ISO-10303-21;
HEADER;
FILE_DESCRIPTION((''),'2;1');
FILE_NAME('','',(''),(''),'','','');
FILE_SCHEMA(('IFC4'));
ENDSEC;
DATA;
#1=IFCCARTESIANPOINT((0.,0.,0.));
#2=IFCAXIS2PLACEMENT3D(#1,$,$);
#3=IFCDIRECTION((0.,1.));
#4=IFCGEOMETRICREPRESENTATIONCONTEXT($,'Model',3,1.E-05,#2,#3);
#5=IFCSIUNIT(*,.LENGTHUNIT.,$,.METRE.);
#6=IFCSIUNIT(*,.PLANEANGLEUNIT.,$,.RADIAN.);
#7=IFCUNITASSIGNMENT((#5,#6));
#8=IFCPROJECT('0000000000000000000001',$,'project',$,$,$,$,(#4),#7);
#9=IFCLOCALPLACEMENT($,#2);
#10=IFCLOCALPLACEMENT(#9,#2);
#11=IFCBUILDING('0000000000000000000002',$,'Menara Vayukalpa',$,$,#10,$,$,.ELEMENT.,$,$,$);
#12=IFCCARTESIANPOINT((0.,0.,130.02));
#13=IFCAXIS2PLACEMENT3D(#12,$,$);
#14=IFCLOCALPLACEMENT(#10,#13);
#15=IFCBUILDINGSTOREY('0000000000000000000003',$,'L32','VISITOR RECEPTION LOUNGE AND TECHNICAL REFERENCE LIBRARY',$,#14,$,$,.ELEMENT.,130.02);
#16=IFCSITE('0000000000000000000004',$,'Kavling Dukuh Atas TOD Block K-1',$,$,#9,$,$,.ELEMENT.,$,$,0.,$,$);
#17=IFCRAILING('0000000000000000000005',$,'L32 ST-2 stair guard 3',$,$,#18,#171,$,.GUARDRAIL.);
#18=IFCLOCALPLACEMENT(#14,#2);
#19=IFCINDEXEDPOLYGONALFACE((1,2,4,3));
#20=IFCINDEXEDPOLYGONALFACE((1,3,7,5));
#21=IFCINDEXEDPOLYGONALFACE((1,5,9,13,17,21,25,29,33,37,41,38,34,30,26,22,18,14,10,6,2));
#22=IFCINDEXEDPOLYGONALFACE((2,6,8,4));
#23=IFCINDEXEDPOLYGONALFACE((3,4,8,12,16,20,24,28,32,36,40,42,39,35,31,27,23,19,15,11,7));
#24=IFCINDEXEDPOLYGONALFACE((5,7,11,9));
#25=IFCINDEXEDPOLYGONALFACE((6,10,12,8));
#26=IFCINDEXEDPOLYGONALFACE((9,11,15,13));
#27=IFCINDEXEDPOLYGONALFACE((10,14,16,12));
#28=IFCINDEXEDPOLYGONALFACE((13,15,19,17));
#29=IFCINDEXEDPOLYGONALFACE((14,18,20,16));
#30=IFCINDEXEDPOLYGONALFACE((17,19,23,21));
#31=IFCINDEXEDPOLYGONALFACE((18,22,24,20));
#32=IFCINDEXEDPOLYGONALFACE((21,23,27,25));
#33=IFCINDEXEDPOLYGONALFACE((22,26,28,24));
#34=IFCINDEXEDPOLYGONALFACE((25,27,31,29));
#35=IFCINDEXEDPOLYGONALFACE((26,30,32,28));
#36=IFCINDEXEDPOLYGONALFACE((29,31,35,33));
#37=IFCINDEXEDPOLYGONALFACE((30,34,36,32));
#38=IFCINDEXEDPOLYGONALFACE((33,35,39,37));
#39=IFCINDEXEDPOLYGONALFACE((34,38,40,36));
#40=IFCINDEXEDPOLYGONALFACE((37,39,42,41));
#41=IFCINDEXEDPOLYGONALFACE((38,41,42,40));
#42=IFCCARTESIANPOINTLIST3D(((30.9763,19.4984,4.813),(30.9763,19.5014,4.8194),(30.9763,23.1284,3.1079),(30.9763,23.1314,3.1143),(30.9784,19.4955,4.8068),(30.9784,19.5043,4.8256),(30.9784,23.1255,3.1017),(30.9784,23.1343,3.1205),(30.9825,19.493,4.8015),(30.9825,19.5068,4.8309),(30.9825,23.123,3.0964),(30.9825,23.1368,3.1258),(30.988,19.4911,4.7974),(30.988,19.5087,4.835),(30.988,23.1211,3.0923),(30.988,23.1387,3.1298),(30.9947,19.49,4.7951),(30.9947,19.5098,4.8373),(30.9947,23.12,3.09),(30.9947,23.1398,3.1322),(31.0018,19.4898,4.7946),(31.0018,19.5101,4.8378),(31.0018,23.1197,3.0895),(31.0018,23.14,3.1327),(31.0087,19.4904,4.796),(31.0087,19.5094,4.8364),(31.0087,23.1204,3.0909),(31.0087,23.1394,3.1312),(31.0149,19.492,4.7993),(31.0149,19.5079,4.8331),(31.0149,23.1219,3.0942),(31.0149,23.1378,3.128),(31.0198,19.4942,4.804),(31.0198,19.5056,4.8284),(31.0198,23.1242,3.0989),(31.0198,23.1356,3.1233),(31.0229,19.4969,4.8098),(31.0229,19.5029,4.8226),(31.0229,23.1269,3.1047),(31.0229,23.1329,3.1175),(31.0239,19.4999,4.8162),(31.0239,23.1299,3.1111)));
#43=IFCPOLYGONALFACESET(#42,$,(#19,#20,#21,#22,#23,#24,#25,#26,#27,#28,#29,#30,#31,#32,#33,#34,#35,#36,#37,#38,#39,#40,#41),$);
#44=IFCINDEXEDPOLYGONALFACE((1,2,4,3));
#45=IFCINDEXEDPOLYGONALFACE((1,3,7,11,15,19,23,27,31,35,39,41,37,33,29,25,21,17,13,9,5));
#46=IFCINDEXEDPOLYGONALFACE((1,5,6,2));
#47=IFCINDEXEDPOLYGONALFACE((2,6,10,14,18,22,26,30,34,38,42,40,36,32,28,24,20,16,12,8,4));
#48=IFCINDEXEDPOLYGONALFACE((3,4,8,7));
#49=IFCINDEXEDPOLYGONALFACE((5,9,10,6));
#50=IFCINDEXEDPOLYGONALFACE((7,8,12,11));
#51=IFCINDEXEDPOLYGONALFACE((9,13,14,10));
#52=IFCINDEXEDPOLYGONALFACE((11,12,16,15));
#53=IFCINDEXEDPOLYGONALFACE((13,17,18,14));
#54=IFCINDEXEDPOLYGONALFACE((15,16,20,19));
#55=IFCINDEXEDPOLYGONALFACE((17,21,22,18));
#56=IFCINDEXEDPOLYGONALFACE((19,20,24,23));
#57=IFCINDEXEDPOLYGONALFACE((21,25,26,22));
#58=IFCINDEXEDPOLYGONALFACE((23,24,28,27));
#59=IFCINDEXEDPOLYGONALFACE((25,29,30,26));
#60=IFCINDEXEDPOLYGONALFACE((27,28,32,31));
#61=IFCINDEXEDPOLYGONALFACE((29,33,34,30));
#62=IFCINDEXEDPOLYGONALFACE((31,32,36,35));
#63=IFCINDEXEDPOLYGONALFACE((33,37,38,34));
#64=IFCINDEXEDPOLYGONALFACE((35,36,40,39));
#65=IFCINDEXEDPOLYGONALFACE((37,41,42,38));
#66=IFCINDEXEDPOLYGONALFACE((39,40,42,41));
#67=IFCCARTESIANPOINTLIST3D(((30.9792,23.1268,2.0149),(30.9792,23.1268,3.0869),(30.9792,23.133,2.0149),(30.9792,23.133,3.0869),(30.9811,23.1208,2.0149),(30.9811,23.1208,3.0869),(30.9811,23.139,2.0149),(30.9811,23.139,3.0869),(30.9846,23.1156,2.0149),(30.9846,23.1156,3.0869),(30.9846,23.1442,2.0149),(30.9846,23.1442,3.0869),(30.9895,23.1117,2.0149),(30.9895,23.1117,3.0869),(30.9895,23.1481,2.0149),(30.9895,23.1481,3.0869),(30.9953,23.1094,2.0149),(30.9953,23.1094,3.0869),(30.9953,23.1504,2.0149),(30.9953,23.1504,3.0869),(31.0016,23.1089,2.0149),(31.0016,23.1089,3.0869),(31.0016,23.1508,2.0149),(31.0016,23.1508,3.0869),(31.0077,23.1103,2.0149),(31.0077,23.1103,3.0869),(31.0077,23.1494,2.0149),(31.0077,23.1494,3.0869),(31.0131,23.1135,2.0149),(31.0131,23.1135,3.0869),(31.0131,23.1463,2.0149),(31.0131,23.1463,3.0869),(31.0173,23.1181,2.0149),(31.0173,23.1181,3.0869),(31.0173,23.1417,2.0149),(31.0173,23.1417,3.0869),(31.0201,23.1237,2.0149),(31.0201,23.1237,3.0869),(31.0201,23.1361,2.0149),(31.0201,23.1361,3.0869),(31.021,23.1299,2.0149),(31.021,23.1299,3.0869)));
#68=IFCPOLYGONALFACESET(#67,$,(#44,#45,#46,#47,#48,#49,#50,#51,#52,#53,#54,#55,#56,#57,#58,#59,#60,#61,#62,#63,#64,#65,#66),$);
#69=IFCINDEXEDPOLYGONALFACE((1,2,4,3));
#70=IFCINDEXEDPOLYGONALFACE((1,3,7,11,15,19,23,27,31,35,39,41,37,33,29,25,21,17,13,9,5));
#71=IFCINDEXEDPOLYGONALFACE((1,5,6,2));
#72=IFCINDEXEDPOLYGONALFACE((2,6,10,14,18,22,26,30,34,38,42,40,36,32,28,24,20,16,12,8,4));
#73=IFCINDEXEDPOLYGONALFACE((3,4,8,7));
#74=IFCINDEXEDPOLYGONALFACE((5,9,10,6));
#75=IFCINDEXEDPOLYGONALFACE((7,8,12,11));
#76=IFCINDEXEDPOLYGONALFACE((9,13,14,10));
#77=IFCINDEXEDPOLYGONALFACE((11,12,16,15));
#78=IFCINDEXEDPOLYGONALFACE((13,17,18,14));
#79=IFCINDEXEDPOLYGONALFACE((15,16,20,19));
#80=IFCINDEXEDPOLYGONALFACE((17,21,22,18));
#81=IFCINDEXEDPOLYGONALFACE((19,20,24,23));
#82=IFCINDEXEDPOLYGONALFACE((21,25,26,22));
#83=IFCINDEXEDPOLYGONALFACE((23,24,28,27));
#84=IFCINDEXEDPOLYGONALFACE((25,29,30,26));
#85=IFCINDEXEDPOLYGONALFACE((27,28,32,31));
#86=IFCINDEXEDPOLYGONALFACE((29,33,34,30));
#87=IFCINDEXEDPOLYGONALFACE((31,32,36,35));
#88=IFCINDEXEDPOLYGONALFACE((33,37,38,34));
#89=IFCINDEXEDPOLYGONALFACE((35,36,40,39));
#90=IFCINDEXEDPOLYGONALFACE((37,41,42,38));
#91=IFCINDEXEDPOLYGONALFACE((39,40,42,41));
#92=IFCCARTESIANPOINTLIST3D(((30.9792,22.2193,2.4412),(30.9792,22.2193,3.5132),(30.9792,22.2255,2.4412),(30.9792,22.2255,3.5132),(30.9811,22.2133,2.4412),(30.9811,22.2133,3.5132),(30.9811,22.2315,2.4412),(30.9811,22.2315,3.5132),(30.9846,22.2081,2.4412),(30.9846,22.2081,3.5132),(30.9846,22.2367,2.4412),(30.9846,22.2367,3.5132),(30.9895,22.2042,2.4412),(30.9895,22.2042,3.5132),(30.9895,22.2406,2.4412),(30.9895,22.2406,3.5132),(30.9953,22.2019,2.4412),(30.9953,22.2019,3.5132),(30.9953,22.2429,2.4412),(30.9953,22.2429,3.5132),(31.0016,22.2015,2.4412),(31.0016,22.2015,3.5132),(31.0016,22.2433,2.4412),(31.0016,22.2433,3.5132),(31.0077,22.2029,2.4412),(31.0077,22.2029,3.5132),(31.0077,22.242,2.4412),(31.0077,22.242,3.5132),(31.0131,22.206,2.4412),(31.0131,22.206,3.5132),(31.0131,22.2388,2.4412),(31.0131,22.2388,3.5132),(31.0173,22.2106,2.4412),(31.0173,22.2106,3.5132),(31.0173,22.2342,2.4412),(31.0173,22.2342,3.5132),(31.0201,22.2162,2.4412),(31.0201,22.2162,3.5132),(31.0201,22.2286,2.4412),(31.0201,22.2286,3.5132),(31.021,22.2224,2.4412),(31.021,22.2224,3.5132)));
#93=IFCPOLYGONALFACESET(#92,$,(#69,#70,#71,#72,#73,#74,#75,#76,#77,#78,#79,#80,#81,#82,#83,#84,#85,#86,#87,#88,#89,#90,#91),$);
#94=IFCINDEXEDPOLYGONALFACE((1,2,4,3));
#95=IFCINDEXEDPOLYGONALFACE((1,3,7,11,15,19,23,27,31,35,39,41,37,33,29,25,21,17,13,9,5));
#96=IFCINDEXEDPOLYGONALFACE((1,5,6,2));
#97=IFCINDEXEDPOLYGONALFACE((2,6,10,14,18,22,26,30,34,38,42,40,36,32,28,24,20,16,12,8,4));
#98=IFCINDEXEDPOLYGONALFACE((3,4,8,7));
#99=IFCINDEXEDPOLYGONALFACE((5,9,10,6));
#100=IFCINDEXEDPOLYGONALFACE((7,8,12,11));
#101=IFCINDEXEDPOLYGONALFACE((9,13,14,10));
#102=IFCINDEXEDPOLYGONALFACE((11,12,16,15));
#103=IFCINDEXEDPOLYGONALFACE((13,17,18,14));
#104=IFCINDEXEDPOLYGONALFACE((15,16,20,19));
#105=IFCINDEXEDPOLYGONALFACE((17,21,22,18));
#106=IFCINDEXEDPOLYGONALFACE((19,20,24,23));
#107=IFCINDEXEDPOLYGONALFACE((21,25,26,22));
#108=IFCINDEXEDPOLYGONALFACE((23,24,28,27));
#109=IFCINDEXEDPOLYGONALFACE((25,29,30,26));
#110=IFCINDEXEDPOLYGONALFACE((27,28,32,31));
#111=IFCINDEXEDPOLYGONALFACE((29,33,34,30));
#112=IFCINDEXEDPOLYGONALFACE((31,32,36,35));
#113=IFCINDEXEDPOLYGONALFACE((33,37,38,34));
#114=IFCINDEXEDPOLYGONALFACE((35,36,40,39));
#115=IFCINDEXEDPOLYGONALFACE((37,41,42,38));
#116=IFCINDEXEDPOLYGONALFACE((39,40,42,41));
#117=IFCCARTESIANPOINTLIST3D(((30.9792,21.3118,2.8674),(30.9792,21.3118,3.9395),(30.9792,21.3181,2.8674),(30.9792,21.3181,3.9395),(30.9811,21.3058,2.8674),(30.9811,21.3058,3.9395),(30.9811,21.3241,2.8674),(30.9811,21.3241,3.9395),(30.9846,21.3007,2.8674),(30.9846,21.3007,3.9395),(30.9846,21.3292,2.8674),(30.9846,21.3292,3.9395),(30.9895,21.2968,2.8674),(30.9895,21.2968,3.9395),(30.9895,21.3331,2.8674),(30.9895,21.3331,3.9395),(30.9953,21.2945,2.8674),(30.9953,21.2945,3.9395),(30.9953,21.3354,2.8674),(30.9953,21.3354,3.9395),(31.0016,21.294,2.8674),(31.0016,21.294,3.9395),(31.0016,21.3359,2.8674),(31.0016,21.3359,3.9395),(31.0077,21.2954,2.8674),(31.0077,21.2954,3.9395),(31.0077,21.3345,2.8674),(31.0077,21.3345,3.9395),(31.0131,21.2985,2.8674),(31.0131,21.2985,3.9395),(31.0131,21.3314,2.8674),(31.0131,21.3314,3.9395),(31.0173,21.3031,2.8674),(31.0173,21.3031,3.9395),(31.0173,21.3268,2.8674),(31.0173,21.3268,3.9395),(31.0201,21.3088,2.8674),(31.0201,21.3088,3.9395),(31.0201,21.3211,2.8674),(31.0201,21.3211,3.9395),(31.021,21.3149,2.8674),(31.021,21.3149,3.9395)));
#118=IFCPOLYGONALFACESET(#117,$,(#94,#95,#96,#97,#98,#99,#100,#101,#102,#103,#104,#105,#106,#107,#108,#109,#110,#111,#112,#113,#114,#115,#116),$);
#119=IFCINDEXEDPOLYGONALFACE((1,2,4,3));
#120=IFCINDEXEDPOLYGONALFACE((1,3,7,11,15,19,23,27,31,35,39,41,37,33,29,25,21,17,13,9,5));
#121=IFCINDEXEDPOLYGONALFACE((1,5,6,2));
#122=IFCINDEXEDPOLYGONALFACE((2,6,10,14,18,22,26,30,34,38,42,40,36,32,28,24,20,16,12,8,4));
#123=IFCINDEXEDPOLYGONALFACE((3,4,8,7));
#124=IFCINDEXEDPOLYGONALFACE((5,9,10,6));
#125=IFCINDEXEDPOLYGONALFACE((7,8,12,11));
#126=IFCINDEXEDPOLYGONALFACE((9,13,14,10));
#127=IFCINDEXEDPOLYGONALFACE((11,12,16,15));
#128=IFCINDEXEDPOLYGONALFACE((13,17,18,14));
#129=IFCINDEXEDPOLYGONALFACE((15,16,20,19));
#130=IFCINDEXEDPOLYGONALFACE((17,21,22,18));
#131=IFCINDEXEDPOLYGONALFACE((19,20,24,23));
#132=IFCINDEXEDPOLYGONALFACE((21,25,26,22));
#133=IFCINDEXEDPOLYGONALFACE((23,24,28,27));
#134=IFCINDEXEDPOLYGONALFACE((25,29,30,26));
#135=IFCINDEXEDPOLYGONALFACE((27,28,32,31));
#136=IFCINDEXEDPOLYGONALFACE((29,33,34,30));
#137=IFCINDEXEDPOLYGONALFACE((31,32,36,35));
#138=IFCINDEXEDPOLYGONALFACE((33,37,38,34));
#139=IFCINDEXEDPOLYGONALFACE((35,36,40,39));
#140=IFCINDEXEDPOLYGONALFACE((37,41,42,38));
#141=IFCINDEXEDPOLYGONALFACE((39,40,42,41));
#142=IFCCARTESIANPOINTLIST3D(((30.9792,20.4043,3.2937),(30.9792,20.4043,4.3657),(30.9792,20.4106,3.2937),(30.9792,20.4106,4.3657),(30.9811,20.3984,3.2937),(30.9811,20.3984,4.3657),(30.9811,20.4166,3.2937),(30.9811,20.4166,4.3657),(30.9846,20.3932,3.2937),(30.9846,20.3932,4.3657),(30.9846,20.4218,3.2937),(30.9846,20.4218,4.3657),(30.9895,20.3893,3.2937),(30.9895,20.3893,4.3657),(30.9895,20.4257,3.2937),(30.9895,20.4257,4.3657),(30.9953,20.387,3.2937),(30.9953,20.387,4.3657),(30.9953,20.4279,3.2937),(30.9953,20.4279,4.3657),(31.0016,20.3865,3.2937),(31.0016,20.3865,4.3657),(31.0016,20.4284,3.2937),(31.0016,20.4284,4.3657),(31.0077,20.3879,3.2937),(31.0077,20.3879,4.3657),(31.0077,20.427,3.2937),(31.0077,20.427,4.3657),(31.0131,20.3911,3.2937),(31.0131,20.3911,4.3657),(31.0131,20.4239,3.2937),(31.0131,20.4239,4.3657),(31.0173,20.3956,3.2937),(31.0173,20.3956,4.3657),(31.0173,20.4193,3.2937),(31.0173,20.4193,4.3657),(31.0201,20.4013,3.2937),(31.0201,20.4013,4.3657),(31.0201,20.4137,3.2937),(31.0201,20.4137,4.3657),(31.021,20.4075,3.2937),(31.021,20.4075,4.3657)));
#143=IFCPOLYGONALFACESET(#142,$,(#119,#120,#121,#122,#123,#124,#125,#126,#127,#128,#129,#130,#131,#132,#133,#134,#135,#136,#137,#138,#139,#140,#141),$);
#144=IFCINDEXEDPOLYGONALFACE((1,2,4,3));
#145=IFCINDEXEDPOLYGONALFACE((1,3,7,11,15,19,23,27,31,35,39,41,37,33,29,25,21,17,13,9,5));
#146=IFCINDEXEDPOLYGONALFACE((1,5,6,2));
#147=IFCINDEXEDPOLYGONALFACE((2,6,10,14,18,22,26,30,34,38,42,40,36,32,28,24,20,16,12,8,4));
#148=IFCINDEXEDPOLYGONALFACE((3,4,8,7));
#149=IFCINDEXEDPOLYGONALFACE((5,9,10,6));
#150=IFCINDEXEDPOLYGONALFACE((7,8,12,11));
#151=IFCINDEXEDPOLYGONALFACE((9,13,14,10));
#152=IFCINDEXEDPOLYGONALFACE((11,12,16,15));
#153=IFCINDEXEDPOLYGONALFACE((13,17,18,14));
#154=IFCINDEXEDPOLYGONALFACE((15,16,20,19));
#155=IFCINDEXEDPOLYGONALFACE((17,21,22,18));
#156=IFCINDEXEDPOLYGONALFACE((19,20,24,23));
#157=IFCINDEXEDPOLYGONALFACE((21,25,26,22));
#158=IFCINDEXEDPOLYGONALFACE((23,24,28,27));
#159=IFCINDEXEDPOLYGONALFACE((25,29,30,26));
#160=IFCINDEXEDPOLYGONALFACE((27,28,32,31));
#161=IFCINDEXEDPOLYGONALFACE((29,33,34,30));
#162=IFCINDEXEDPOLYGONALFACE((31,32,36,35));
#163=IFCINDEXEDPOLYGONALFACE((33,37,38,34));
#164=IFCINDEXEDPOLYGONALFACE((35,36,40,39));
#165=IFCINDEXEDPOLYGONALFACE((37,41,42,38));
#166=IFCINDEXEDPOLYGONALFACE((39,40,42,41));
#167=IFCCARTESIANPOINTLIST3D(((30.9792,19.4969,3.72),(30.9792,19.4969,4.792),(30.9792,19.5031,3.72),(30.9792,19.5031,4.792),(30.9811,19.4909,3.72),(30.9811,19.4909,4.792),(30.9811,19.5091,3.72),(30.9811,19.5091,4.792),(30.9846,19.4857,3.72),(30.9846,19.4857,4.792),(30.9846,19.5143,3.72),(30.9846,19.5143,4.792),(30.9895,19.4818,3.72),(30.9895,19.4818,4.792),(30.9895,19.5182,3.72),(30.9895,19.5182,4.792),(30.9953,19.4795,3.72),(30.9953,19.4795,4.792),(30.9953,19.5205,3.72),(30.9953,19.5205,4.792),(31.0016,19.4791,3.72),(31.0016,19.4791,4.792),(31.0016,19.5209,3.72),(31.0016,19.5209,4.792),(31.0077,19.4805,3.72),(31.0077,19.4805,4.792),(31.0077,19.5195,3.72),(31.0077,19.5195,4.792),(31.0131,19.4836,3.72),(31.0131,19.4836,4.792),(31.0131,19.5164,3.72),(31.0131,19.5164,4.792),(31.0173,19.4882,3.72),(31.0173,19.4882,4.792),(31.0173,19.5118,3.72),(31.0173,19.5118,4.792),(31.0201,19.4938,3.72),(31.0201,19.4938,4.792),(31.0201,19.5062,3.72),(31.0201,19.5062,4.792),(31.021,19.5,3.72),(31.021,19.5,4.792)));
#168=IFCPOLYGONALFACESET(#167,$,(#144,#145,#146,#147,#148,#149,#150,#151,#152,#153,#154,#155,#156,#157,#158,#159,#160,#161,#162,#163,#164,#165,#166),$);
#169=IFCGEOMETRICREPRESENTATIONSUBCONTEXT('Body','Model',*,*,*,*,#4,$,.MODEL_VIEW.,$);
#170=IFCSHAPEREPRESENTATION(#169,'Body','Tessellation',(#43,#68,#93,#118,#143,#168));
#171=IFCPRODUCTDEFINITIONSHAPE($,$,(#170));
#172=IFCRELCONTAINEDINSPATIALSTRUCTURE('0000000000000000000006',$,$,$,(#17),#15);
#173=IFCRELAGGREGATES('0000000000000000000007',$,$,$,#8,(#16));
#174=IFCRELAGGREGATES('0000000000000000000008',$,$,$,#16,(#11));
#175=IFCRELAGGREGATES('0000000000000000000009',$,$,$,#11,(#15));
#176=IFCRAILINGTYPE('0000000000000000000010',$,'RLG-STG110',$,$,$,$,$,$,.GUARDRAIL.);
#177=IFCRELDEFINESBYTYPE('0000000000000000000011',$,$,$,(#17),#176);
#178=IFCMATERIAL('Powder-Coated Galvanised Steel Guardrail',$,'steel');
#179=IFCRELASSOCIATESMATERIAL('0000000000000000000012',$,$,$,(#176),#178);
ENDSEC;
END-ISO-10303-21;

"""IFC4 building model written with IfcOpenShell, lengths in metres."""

from ifc_helpers import new_model, si_unit, direction, frame, origin, origin_2d, place, context, subcontext, project, spatial, circle, extrude, material, type_object, element, save


model = new_model("IFC4")

# Units and contexts
model_context = context("Model", 3, precision=1e-05, world=origin(), true_north=direction((0.0, 1.0)))
body_context = subcontext(model_context, "Body", "Model", "MODEL_VIEW")
ifc_project = project(units=[si_unit("LENGTHUNIT", "METRE"), si_unit("PLANEANGLEUNIT", "RADIAN")], contexts=[model_context])

# Site, building, storey
site_placement = place(None, origin())
site = spatial("IfcSite", under=ifc_project, at=site_placement, Name="Kavling Dukuh Atas TOD Block K-1", CompositionType="ELEMENT", RefElevation=0.0)
building_placement = place(site_placement, origin())
building = spatial("IfcBuilding", under=site, at=building_placement, Name="Menara Vayukalpa", CompositionType="ELEMENT")
storey_placement = place(building_placement, frame((0.0, 0.0, 130.02)))
storey = spatial("IfcBuildingStorey", under=building, at=storey_placement, Name="L32", Description="VISITOR RECEPTION LOUNGE AND TECHNICAL REFERENCE LIBRARY", CompositionType="ELEMENT", Elevation=130.02)

# Railing
ifc_material_1 = material(Name="Powder-Coated Galvanised Steel Guardrail", Category="steel")
railing_type_1 = type_object("IfcRailingType", Name="RLG-STG110", PredefinedType="GUARDRAIL", material=ifc_material_1)
railing_1_placement = place(storey_placement, frame((31.0, 23.1299, 2.0149)))
element("IfcRailing", 1, at=railing_1_placement, inside=storey, type_object=railing_type_1, Name="L32 ST-2 stair guard 3", PredefinedType="GUARDRAIL", context=body_context, shape_type="SweptSolid", body=[
    extrude(circle(Radius=0.0239, at=origin_2d()), frame((0.0, 0.0, 1.0962), z_axis=(0.0, -0.905116, 0.425164), x_axis=(1.0, 0.0, 0.0)), (0.0, 0.0, 1.0), 4.0105),
    extrude(circle(Radius=0.021, at=origin_2d()), origin(), (0.0, 0.0, 1.0), 1.072),
    extrude(circle(Radius=0.021, at=origin_2d()), frame((0.0, -0.9075, 0.4263)), (0.0, 0.0, 1.0), 1.072),
    extrude(circle(Radius=0.021, at=origin_2d()), frame((0.0, -1.8149, 0.8525)), (0.0, 0.0, 1.0), 1.072),
    extrude(circle(Radius=0.021, at=origin_2d()), frame((0.0, -2.7224, 1.2788)), (0.0, 0.0, 1.0), 1.072),
    extrude(circle(Radius=0.021, at=origin_2d()), frame((0.0, -3.6299, 1.7051)), (0.0, 0.0, 1.0), 1.072),
])

save(model, "model.ifc")
